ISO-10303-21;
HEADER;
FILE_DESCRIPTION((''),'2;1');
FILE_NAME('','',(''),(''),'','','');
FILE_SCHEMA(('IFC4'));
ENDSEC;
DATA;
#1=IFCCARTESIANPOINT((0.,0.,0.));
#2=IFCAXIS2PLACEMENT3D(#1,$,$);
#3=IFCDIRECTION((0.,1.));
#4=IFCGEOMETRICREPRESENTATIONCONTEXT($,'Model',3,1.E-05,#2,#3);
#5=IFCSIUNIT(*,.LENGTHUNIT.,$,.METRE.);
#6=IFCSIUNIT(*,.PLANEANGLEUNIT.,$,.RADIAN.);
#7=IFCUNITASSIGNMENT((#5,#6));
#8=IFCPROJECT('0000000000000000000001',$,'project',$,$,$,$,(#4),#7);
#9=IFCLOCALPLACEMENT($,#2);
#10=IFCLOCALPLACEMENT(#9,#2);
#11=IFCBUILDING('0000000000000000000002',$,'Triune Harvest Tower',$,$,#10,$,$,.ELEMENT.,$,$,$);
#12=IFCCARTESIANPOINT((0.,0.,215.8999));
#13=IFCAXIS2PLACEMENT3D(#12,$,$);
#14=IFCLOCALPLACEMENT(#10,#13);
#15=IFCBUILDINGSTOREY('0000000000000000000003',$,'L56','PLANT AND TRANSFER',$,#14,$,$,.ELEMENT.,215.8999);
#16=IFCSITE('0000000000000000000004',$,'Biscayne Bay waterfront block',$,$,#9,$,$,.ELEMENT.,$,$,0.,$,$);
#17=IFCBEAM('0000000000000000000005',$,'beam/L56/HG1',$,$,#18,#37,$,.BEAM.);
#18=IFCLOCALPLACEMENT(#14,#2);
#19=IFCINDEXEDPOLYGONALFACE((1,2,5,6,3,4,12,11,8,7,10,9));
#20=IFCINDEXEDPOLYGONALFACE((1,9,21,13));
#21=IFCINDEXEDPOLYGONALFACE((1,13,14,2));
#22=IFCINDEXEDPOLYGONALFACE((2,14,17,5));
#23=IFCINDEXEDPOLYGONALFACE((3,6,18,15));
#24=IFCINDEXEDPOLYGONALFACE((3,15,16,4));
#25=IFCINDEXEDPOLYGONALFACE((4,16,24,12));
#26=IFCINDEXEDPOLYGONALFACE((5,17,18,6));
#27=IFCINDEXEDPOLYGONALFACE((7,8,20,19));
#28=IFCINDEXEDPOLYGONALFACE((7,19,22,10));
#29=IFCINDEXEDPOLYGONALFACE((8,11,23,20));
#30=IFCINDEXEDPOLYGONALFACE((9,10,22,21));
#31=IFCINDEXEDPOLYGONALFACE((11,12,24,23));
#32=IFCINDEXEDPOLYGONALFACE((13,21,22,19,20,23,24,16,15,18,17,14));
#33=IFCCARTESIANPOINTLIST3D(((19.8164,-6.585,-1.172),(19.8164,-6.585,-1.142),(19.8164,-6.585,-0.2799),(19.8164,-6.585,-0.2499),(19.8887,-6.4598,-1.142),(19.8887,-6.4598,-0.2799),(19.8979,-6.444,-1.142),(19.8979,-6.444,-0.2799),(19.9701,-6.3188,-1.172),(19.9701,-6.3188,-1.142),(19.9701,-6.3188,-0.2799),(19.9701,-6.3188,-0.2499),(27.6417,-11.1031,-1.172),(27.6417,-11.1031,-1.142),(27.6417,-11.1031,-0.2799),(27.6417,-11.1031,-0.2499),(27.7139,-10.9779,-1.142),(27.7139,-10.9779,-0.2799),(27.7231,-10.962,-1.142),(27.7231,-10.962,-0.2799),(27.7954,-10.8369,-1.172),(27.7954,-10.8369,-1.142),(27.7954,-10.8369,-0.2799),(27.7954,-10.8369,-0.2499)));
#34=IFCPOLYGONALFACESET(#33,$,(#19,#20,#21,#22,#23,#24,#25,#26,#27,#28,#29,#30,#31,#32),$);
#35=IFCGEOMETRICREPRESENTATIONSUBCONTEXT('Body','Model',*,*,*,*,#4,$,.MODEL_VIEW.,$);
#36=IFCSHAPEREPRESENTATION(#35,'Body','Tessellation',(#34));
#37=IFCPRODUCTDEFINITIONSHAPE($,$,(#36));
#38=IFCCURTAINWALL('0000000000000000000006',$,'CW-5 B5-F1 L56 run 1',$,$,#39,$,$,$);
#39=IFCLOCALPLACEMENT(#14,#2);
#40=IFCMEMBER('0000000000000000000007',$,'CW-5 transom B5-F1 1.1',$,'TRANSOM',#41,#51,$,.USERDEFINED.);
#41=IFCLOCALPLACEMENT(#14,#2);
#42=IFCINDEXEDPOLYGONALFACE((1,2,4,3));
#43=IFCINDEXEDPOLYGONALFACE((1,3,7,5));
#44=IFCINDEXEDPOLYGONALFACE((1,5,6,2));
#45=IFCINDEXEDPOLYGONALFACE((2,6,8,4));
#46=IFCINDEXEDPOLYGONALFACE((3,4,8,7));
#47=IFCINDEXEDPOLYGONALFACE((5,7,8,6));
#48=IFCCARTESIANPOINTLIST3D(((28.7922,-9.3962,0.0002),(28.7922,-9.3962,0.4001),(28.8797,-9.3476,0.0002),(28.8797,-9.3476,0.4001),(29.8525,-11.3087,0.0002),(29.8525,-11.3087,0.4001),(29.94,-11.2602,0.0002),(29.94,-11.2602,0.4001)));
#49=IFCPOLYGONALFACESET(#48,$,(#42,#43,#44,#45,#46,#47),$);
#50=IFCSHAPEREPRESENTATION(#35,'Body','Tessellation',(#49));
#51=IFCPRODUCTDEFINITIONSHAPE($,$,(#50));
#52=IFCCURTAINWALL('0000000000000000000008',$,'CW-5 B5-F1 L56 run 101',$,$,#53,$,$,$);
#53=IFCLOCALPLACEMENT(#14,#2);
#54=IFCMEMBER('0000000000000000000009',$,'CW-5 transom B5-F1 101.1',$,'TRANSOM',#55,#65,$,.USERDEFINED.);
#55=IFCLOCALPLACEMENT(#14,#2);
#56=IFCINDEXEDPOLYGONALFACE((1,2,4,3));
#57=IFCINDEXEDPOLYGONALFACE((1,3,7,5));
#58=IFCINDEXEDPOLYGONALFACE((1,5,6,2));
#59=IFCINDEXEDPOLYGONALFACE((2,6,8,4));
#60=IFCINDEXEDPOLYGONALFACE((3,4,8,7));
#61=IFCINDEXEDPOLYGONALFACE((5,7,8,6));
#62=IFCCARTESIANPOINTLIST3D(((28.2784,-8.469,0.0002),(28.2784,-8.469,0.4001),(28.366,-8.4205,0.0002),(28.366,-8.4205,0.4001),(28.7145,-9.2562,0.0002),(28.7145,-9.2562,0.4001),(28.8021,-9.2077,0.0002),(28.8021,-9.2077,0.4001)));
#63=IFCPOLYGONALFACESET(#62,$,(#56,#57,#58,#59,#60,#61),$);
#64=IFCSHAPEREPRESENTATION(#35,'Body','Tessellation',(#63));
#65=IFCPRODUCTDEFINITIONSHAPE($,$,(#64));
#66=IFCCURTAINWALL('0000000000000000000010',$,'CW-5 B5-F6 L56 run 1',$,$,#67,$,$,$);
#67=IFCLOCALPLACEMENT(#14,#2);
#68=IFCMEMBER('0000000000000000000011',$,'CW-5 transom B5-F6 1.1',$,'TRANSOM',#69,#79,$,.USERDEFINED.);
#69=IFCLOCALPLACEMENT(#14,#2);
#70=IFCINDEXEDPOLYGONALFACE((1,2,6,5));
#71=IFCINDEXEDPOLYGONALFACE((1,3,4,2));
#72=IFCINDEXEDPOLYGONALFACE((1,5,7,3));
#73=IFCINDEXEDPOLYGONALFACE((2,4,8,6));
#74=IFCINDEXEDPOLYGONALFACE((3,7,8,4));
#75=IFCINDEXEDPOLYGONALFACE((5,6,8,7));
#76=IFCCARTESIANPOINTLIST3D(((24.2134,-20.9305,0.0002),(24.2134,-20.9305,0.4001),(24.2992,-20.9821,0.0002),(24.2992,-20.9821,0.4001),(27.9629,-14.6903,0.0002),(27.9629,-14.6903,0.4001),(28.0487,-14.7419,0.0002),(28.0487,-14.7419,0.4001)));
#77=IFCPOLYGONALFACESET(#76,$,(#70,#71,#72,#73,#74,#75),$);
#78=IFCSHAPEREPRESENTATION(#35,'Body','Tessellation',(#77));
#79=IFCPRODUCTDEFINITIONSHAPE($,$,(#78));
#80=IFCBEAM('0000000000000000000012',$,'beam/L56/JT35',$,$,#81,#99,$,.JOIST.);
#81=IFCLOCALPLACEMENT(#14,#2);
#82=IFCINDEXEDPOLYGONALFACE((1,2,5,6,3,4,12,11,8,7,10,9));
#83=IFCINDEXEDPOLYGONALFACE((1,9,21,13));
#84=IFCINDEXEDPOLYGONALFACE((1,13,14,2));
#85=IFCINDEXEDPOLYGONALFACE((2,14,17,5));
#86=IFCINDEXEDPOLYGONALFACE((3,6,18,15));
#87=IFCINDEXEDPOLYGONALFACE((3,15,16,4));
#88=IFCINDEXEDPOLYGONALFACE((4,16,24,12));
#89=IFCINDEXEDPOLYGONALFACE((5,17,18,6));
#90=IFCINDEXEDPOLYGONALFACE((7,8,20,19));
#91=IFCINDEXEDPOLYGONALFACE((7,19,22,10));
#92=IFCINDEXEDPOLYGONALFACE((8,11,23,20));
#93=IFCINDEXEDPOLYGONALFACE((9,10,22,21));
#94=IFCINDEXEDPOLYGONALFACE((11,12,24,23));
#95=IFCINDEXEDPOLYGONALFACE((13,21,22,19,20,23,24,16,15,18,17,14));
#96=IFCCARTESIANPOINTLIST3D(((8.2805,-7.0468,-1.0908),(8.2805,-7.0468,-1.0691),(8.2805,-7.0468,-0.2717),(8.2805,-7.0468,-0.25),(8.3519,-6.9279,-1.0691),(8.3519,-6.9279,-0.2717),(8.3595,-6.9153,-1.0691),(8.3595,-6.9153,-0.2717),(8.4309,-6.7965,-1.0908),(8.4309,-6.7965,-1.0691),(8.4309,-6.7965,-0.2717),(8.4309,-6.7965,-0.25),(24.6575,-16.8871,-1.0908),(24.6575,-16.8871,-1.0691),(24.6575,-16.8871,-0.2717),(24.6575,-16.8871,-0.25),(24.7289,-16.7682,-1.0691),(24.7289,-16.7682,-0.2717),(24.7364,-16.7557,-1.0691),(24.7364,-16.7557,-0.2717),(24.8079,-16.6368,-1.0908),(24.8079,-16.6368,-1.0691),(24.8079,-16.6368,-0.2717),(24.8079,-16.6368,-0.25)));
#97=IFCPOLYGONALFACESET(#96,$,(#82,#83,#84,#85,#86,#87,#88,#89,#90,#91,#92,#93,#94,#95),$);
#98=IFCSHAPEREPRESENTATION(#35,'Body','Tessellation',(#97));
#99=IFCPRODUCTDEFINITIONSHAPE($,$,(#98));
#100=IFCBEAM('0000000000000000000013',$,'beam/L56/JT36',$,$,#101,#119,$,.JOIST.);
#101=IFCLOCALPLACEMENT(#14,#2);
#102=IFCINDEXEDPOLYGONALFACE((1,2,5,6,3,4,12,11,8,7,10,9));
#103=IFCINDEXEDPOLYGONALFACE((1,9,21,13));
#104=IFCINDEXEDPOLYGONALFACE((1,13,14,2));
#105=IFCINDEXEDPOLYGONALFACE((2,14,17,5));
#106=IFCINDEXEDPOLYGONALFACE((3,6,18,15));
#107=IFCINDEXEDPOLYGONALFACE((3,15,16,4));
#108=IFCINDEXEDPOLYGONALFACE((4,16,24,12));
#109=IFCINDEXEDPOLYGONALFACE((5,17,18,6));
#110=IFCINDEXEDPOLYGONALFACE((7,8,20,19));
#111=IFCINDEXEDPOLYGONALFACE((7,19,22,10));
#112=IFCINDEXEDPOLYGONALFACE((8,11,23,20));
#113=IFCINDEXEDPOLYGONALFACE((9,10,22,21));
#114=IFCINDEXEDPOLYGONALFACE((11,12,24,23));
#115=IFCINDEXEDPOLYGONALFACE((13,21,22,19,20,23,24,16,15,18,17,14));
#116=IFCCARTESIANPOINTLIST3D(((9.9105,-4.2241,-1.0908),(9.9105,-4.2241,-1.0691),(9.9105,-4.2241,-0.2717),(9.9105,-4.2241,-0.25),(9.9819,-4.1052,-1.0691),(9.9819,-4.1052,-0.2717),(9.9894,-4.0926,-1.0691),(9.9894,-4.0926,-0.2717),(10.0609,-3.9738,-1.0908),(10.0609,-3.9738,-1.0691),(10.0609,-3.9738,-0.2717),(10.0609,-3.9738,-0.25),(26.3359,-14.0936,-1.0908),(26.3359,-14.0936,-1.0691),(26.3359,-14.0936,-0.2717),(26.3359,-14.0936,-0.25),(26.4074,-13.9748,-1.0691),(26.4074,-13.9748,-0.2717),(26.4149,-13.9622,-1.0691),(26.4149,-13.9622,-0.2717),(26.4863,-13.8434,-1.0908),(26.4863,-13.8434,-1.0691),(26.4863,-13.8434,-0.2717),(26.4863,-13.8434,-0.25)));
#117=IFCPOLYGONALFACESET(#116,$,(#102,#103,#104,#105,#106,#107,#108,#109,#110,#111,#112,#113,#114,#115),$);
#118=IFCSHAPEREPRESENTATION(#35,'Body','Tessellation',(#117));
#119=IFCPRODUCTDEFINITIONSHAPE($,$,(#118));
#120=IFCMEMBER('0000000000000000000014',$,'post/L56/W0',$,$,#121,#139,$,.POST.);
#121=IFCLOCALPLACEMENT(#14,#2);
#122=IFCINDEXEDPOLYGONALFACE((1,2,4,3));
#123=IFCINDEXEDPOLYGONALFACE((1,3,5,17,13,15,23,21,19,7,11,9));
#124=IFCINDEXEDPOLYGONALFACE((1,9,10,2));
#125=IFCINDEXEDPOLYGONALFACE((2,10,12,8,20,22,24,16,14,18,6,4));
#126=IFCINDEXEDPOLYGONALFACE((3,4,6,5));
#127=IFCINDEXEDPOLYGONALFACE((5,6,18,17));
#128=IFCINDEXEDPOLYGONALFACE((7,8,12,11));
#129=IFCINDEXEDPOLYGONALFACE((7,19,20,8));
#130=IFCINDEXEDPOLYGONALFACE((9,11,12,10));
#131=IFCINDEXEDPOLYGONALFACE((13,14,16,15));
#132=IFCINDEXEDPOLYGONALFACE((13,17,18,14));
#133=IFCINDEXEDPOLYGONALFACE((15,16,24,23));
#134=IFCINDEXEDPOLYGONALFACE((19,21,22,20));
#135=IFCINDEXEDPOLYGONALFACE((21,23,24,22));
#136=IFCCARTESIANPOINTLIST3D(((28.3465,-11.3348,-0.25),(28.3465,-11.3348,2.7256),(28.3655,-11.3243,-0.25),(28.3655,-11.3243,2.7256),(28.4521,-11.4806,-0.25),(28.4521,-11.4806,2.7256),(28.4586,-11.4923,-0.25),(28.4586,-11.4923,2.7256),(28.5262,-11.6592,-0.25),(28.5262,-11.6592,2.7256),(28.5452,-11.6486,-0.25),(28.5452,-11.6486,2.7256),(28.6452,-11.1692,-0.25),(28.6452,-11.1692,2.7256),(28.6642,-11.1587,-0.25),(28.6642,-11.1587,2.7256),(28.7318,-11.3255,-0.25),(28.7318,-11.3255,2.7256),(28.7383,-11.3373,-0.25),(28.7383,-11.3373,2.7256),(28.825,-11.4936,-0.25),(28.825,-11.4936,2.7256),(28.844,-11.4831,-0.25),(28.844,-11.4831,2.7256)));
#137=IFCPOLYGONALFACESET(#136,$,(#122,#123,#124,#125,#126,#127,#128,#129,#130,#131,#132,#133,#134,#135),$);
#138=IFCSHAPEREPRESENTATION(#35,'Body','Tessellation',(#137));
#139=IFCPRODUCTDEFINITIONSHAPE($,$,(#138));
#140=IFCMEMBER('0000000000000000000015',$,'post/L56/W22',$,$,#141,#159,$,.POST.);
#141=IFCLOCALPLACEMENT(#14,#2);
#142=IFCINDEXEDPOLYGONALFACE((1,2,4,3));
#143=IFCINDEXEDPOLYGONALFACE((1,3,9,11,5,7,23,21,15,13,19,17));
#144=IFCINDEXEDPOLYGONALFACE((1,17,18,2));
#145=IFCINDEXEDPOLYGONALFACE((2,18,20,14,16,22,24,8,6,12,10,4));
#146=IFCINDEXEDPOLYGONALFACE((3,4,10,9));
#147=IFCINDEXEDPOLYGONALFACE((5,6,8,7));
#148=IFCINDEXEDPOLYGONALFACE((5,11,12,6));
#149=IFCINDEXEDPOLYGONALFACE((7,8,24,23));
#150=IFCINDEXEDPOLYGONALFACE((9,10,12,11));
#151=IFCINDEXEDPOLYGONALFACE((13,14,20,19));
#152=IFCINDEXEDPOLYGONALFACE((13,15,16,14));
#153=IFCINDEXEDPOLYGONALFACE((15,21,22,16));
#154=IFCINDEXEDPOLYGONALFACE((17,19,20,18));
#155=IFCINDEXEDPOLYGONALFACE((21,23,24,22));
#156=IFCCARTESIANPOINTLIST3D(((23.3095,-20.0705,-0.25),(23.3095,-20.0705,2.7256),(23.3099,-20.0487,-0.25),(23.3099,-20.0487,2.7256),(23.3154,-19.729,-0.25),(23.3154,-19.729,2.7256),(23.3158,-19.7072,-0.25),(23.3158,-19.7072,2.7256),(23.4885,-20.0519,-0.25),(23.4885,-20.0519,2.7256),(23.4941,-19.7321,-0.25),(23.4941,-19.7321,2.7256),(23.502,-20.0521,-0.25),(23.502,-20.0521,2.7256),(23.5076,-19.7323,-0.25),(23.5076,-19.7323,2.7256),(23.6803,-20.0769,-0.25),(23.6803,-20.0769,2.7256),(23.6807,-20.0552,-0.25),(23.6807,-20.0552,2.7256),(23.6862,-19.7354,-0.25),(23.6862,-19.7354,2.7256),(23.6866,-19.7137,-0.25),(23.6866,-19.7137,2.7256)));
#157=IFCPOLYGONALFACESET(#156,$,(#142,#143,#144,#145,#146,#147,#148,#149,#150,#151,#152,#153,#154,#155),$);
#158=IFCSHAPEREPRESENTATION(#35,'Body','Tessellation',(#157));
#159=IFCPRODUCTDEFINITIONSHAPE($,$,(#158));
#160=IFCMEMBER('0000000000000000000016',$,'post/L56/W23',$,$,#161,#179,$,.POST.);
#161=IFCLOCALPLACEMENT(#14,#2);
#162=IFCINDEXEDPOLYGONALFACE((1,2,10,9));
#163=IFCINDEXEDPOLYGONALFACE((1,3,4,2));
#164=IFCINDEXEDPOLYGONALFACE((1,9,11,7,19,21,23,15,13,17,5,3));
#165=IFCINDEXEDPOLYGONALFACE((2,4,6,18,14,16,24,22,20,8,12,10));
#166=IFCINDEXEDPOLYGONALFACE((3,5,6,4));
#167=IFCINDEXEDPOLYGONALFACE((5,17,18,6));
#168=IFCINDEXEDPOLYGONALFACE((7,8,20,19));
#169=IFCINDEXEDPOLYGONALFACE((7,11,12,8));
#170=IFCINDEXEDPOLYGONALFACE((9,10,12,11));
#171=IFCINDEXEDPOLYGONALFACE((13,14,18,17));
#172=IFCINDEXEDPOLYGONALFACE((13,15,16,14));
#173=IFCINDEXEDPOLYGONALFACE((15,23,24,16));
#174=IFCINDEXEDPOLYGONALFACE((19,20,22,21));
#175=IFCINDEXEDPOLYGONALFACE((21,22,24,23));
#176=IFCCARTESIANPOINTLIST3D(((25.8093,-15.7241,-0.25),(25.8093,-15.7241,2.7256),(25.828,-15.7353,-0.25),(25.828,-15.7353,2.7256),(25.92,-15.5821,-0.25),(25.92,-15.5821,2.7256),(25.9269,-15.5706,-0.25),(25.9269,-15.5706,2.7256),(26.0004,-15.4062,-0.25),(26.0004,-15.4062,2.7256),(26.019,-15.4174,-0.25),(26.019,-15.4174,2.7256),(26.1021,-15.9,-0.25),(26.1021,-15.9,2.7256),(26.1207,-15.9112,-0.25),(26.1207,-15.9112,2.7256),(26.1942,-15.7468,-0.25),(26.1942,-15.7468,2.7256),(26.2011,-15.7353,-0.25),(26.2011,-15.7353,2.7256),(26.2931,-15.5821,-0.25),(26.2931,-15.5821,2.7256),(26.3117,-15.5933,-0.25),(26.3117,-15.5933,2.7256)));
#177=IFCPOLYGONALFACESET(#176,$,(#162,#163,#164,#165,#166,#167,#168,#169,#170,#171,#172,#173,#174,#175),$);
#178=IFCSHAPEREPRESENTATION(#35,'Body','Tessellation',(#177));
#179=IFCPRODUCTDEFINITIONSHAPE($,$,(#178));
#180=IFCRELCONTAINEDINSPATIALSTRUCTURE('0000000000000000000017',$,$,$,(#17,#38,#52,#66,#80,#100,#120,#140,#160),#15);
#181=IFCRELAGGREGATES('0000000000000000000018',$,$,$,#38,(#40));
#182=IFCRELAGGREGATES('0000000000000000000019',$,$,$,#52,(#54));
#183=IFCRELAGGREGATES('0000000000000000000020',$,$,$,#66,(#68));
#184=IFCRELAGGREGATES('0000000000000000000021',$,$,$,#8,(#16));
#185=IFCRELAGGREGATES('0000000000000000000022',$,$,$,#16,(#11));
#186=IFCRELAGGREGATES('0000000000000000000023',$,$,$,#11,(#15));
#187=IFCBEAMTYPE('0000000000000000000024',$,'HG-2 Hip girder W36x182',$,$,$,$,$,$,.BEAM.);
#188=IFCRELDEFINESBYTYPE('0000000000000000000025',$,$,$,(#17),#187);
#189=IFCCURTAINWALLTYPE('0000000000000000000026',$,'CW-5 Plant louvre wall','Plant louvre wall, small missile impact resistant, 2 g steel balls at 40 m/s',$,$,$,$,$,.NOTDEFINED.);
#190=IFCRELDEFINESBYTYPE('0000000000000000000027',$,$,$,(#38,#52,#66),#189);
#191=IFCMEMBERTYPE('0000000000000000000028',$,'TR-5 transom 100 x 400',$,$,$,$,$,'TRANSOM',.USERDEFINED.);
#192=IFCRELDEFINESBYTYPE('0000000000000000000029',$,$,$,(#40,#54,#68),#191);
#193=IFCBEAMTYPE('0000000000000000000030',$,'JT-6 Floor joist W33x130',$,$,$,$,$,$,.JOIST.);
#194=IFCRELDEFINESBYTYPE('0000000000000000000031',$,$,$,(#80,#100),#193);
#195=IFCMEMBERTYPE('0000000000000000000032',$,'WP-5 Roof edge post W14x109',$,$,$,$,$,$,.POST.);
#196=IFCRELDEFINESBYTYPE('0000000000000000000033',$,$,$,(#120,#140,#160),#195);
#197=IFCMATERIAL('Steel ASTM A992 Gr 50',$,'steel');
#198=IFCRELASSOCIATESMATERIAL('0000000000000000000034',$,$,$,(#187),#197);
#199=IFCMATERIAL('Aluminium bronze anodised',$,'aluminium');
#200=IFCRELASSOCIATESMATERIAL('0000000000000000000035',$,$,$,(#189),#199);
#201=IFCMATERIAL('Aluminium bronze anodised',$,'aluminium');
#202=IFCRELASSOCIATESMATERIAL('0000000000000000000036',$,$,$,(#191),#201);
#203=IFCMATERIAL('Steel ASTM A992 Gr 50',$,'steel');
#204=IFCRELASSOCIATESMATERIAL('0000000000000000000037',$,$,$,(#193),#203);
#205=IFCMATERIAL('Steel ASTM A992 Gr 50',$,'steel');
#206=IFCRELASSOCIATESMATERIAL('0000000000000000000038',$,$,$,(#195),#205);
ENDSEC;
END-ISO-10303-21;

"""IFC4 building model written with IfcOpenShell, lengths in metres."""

from ifc_helpers import new_model, si_unit, direction, frame, origin, origin_2d, place, context, subcontext, project, spatial, rectangle, i_section, extrude, source, transform, mapped, material, material_profile, profile_set, type_object, element, aggregate, save


model = new_model("IFC4")

# Units and contexts
model_context = context("Model", 3, precision=1e-05, world=origin(), true_north=direction((0.0, 1.0)))
body_context = subcontext(model_context, "Body", "Model", "MODEL_VIEW")
ifc_project = project(units=[si_unit("LENGTHUNIT", "METRE"), si_unit("PLANEANGLEUNIT", "RADIAN")], contexts=[model_context])

# Site, building, storey
site_placement = place(None, origin())
site = spatial("IfcSite", under=ifc_project, at=site_placement, Name="Biscayne Bay waterfront block", CompositionType="ELEMENT", RefElevation=0.0)
building_placement = place(site_placement, origin())
building = spatial("IfcBuilding", under=site, at=building_placement, Name="Triune Harvest Tower", CompositionType="ELEMENT")
storey_placement = place(building_placement, frame((0.0, 0.0, 215.8999)))
storey = spatial("IfcBuildingStorey", under=building, at=storey_placement, Name="L56", Description="PLANT AND TRANSFER", CompositionType="ELEMENT", Elevation=215.8999)

# Beam
ifc_material_1 = material(Name="Steel ASTM A992 Gr 50", Category="steel")
ifc_material_profile_1 = material_profile(ifc_material_1, i_section(OverallWidth=0.3074, OverallDepth=0.9221, WebThickness=0.0183, FlangeThickness=0.03, at=origin_2d()), Name="W36x182")
ifc_profile_set_1 = profile_set([ifc_material_profile_1], Name="Steel ASTM A992 Gr 50")
beam_type_1 = type_object("IfcBeamType", Name="HG-2 Hip girder W36x182", PredefinedType="BEAM", material=ifc_profile_set_1)
beam_1_placement = place(storey_placement, frame((27.7185, -10.97, -0.7109), z_axis=(-0.866016, 0.500016, 0.0), x_axis=(-0.500016, -0.866016, 0.0)))
element("IfcBeam", 1, at=beam_1_placement, inside=storey, type_object=beam_type_1, Name="beam/L56/HG1", PredefinedType="BEAM", context=body_context, shape_type="SweptSolid", body=[
    extrude(i_section(OverallWidth=0.3074, OverallDepth=0.9221, WebThickness=0.0183, FlangeThickness=0.03, at=origin_2d()), origin(), (0.0, 0.0, 1.0), 9.0359),
])

# Curtain walls, members
ifc_material_2 = material(Name="Aluminium bronze anodised", Category="aluminium")
curtain_wall_type = type_object("IfcCurtainWallType", Name="CW-5 Plant louvre wall", Description="Plant louvre wall, small missile impact resistant, 2 g steel balls at 40 m/s", PredefinedType="NOTDEFINED", material=ifc_material_2)
curtain_wall_1_placement = place(storey_placement, origin())
curtain_wall_1 = element("IfcCurtainWall", 2, at=curtain_wall_1_placement, inside=storey, type_object=curtain_wall_type, Name="CW-5 B5-F1 L56 run 1")
ifc_material_3 = material(Name="Aluminium bronze anodised", Category="aluminium")
ifc_material_profile_2 = material_profile(ifc_material_3, rectangle(XDim=0.1001, YDim=0.3999, at=origin_2d()), Name="TR-5 transom 100 x 400")
ifc_profile_set_2 = profile_set([ifc_material_profile_2], Name="Aluminium bronze anodised")
member_type_1 = type_object("IfcMemberType", Name="TR-5 transom 100 x 400", ElementType="TRANSOM", PredefinedType="USERDEFINED", material=ifc_profile_set_2)
member_1_placement = place(storey_placement, frame((29.8962, -11.2844, 0.2002), z_axis=(-0.484856, 0.874594, 0.0), x_axis=(-0.874594, -0.484856, 0.0)))
member_1 = element("IfcMember", 3, at=member_1_placement, type_object=member_type_1, Name="CW-5 transom B5-F1 1.1", ObjectType="TRANSOM", PredefinedType="USERDEFINED", context=body_context, shape_type="SweptSolid", body=[
    extrude(rectangle(XDim=0.1001, YDim=0.3999, at=origin_2d()), origin(), (0.0, 0.0, 1.0), 2.1868),
])
curtain_wall_2_placement = place(storey_placement, origin())
curtain_wall_2 = element("IfcCurtainWall", 4, at=curtain_wall_2_placement, inside=storey, type_object=curtain_wall_type, Name="CW-5 B5-F1 L56 run 101")
member_2_placement = place(storey_placement, frame((28.7583, -9.2319, 0.2002), z_axis=(-0.484583, 0.874745, 0.0), x_axis=(-0.874745, -0.484583, 0.0)))
member_2 = element("IfcMember", 5, at=member_2_placement, type_object=member_type_1, Name="CW-5 transom B5-F1 101.1", ObjectType="TRANSOM", PredefinedType="USERDEFINED", context=body_context, shape_type="SweptSolid", body=[
    extrude(rectangle(XDim=0.1001, YDim=0.3999, at=origin_2d()), origin(), (0.0, 0.0, 1.0), 0.8999),
])
curtain_wall_3_placement = place(storey_placement, origin())
curtain_wall_3 = element("IfcCurtainWall", 6, at=curtain_wall_3_placement, inside=storey, type_object=curtain_wall_type, Name="CW-5 B5-F6 L56 run 1")
member_3_placement = place(storey_placement, frame((24.2563, -20.9563, 0.2002), z_axis=(0.515038, 0.857167, 0.0), x_axis=(-0.857167, 0.515038, 0.0)))
member_3 = element("IfcMember", 7, at=member_3_placement, type_object=member_type_1, Name="CW-5 transom B5-F6 1.1", ObjectType="TRANSOM", PredefinedType="USERDEFINED", context=body_context, shape_type="SweptSolid", body=[
    extrude(rectangle(XDim=0.1001, YDim=0.3999, at=origin_2d()), origin(), (0.0, 0.0, 1.0), 7.28),
])

# Beams
ifc_material_4 = material(Name="Steel ASTM A992 Gr 50", Category="steel")
ifc_material_profile_3 = material_profile(ifc_material_4, i_section(OverallWidth=0.292, OverallDepth=0.8408, WebThickness=0.0146, FlangeThickness=0.0217, at=origin_2d()), Name="W33x130")
ifc_profile_set_3 = profile_set([ifc_material_profile_3], Name="Steel ASTM A992 Gr 50")
beam_type_2 = type_object("IfcBeamType", Name="JT-6 Floor joist W33x130", PredefinedType="JOIST", material=ifc_profile_set_3)
shared_shape_1 = source(origin(), body_context, "Body", "SweptSolid", [
    extrude(i_section(OverallWidth=0.292, OverallDepth=0.8408, WebThickness=0.0146, FlangeThickness=0.0217, at=origin_2d()), origin(), (0.0, 0.0, 1.0), 19.106),
])
beam_2_placement = place(storey_placement, frame((24.7327, -16.762, -0.6704), z_axis=(-0.857166, 0.515041, 0.0), x_axis=(-0.515041, -0.857166, 0.0)))
element("IfcBeam", 8, at=beam_2_placement, inside=storey, type_object=beam_type_2, Name="beam/L56/JT35", PredefinedType="JOIST", context=body_context, shape_type="MappedRepresentation", body=[
    mapped(shared_shape_1, transform((0.0, 0.0, 0.0), scale=1.0)),
])
shared_shape_2 = source(origin(), body_context, "Body", "SweptSolid", [
    extrude(i_section(OverallWidth=0.292, OverallDepth=0.8408, WebThickness=0.0146, FlangeThickness=0.0217, at=origin_2d()), origin(), (0.0, 0.0, 1.0), 19.1626),
])
beam_3_placement = place(storey_placement, frame((26.4111, -13.9685, -0.6704), z_axis=(-0.857163, 0.515045, 0.0), x_axis=(-0.515045, -0.857163, 0.0)))
element("IfcBeam", 9, at=beam_3_placement, inside=storey, type_object=beam_type_2, Name="beam/L56/JT36", PredefinedType="JOIST", context=body_context, shape_type="MappedRepresentation", body=[
    mapped(shared_shape_2, transform((0.0, 0.0, 0.0), scale=1.0)),
])

# Members
ifc_material_5 = material(Name="Steel ASTM A992 Gr 50", Category="steel")
ifc_material_profile_4 = material_profile(ifc_material_5, i_section(OverallWidth=0.3708, OverallDepth=0.3633, WebThickness=0.0134, FlangeThickness=0.0217, at=origin_2d()), Name="W14x109")
ifc_profile_set_4 = profile_set([ifc_material_profile_4], Name="Steel ASTM A992 Gr 50")
member_type_2 = type_object("IfcMemberType", Name="WP-5 Roof edge post W14x109", PredefinedType="POST", material=ifc_profile_set_4)
shared_shape_3 = source(origin(), body_context, "Body", "SweptSolid", [
    extrude(i_section(OverallWidth=0.3708, OverallDepth=0.3633, WebThickness=0.0134, FlangeThickness=0.0217, at=origin_2d()), origin(), (0.0, 0.0, 1.0), 2.9756),
])
for number, where, z_axis, x_axis, name in (
    (10, (28.5952, -11.4089, -0.25), (0.0, 0.0, 1.0), (-0.48481, 0.87462, 0.0), "post/L56/W0"),
    (11, (23.498, -19.8921, -0.25), (0.0, 0.0, 1.0), (0.999848, -0.017452, 0.0), "post/L56/W22"),
    (12, (26.0605, -15.6587, -0.25), (0.0, 0.0, 1.0), (0.51504, 0.857166, 0.0), "post/L56/W23"),
):
    element("IfcMember", number, at=place(storey_placement, frame(where, z_axis=z_axis, x_axis=x_axis)), inside=storey, type_object=member_type_2, Name=name, PredefinedType="POST", context=body_context, shape_type="MappedRepresentation", body=[
        mapped(shared_shape_3, transform((0.0, 0.0, 0.0), scale=1.0)),
    ])

aggregate(curtain_wall_1, [member_1])
aggregate(curtain_wall_2, [member_2])
aggregate(curtain_wall_3, [member_3])

save(model, "model.ifc")
